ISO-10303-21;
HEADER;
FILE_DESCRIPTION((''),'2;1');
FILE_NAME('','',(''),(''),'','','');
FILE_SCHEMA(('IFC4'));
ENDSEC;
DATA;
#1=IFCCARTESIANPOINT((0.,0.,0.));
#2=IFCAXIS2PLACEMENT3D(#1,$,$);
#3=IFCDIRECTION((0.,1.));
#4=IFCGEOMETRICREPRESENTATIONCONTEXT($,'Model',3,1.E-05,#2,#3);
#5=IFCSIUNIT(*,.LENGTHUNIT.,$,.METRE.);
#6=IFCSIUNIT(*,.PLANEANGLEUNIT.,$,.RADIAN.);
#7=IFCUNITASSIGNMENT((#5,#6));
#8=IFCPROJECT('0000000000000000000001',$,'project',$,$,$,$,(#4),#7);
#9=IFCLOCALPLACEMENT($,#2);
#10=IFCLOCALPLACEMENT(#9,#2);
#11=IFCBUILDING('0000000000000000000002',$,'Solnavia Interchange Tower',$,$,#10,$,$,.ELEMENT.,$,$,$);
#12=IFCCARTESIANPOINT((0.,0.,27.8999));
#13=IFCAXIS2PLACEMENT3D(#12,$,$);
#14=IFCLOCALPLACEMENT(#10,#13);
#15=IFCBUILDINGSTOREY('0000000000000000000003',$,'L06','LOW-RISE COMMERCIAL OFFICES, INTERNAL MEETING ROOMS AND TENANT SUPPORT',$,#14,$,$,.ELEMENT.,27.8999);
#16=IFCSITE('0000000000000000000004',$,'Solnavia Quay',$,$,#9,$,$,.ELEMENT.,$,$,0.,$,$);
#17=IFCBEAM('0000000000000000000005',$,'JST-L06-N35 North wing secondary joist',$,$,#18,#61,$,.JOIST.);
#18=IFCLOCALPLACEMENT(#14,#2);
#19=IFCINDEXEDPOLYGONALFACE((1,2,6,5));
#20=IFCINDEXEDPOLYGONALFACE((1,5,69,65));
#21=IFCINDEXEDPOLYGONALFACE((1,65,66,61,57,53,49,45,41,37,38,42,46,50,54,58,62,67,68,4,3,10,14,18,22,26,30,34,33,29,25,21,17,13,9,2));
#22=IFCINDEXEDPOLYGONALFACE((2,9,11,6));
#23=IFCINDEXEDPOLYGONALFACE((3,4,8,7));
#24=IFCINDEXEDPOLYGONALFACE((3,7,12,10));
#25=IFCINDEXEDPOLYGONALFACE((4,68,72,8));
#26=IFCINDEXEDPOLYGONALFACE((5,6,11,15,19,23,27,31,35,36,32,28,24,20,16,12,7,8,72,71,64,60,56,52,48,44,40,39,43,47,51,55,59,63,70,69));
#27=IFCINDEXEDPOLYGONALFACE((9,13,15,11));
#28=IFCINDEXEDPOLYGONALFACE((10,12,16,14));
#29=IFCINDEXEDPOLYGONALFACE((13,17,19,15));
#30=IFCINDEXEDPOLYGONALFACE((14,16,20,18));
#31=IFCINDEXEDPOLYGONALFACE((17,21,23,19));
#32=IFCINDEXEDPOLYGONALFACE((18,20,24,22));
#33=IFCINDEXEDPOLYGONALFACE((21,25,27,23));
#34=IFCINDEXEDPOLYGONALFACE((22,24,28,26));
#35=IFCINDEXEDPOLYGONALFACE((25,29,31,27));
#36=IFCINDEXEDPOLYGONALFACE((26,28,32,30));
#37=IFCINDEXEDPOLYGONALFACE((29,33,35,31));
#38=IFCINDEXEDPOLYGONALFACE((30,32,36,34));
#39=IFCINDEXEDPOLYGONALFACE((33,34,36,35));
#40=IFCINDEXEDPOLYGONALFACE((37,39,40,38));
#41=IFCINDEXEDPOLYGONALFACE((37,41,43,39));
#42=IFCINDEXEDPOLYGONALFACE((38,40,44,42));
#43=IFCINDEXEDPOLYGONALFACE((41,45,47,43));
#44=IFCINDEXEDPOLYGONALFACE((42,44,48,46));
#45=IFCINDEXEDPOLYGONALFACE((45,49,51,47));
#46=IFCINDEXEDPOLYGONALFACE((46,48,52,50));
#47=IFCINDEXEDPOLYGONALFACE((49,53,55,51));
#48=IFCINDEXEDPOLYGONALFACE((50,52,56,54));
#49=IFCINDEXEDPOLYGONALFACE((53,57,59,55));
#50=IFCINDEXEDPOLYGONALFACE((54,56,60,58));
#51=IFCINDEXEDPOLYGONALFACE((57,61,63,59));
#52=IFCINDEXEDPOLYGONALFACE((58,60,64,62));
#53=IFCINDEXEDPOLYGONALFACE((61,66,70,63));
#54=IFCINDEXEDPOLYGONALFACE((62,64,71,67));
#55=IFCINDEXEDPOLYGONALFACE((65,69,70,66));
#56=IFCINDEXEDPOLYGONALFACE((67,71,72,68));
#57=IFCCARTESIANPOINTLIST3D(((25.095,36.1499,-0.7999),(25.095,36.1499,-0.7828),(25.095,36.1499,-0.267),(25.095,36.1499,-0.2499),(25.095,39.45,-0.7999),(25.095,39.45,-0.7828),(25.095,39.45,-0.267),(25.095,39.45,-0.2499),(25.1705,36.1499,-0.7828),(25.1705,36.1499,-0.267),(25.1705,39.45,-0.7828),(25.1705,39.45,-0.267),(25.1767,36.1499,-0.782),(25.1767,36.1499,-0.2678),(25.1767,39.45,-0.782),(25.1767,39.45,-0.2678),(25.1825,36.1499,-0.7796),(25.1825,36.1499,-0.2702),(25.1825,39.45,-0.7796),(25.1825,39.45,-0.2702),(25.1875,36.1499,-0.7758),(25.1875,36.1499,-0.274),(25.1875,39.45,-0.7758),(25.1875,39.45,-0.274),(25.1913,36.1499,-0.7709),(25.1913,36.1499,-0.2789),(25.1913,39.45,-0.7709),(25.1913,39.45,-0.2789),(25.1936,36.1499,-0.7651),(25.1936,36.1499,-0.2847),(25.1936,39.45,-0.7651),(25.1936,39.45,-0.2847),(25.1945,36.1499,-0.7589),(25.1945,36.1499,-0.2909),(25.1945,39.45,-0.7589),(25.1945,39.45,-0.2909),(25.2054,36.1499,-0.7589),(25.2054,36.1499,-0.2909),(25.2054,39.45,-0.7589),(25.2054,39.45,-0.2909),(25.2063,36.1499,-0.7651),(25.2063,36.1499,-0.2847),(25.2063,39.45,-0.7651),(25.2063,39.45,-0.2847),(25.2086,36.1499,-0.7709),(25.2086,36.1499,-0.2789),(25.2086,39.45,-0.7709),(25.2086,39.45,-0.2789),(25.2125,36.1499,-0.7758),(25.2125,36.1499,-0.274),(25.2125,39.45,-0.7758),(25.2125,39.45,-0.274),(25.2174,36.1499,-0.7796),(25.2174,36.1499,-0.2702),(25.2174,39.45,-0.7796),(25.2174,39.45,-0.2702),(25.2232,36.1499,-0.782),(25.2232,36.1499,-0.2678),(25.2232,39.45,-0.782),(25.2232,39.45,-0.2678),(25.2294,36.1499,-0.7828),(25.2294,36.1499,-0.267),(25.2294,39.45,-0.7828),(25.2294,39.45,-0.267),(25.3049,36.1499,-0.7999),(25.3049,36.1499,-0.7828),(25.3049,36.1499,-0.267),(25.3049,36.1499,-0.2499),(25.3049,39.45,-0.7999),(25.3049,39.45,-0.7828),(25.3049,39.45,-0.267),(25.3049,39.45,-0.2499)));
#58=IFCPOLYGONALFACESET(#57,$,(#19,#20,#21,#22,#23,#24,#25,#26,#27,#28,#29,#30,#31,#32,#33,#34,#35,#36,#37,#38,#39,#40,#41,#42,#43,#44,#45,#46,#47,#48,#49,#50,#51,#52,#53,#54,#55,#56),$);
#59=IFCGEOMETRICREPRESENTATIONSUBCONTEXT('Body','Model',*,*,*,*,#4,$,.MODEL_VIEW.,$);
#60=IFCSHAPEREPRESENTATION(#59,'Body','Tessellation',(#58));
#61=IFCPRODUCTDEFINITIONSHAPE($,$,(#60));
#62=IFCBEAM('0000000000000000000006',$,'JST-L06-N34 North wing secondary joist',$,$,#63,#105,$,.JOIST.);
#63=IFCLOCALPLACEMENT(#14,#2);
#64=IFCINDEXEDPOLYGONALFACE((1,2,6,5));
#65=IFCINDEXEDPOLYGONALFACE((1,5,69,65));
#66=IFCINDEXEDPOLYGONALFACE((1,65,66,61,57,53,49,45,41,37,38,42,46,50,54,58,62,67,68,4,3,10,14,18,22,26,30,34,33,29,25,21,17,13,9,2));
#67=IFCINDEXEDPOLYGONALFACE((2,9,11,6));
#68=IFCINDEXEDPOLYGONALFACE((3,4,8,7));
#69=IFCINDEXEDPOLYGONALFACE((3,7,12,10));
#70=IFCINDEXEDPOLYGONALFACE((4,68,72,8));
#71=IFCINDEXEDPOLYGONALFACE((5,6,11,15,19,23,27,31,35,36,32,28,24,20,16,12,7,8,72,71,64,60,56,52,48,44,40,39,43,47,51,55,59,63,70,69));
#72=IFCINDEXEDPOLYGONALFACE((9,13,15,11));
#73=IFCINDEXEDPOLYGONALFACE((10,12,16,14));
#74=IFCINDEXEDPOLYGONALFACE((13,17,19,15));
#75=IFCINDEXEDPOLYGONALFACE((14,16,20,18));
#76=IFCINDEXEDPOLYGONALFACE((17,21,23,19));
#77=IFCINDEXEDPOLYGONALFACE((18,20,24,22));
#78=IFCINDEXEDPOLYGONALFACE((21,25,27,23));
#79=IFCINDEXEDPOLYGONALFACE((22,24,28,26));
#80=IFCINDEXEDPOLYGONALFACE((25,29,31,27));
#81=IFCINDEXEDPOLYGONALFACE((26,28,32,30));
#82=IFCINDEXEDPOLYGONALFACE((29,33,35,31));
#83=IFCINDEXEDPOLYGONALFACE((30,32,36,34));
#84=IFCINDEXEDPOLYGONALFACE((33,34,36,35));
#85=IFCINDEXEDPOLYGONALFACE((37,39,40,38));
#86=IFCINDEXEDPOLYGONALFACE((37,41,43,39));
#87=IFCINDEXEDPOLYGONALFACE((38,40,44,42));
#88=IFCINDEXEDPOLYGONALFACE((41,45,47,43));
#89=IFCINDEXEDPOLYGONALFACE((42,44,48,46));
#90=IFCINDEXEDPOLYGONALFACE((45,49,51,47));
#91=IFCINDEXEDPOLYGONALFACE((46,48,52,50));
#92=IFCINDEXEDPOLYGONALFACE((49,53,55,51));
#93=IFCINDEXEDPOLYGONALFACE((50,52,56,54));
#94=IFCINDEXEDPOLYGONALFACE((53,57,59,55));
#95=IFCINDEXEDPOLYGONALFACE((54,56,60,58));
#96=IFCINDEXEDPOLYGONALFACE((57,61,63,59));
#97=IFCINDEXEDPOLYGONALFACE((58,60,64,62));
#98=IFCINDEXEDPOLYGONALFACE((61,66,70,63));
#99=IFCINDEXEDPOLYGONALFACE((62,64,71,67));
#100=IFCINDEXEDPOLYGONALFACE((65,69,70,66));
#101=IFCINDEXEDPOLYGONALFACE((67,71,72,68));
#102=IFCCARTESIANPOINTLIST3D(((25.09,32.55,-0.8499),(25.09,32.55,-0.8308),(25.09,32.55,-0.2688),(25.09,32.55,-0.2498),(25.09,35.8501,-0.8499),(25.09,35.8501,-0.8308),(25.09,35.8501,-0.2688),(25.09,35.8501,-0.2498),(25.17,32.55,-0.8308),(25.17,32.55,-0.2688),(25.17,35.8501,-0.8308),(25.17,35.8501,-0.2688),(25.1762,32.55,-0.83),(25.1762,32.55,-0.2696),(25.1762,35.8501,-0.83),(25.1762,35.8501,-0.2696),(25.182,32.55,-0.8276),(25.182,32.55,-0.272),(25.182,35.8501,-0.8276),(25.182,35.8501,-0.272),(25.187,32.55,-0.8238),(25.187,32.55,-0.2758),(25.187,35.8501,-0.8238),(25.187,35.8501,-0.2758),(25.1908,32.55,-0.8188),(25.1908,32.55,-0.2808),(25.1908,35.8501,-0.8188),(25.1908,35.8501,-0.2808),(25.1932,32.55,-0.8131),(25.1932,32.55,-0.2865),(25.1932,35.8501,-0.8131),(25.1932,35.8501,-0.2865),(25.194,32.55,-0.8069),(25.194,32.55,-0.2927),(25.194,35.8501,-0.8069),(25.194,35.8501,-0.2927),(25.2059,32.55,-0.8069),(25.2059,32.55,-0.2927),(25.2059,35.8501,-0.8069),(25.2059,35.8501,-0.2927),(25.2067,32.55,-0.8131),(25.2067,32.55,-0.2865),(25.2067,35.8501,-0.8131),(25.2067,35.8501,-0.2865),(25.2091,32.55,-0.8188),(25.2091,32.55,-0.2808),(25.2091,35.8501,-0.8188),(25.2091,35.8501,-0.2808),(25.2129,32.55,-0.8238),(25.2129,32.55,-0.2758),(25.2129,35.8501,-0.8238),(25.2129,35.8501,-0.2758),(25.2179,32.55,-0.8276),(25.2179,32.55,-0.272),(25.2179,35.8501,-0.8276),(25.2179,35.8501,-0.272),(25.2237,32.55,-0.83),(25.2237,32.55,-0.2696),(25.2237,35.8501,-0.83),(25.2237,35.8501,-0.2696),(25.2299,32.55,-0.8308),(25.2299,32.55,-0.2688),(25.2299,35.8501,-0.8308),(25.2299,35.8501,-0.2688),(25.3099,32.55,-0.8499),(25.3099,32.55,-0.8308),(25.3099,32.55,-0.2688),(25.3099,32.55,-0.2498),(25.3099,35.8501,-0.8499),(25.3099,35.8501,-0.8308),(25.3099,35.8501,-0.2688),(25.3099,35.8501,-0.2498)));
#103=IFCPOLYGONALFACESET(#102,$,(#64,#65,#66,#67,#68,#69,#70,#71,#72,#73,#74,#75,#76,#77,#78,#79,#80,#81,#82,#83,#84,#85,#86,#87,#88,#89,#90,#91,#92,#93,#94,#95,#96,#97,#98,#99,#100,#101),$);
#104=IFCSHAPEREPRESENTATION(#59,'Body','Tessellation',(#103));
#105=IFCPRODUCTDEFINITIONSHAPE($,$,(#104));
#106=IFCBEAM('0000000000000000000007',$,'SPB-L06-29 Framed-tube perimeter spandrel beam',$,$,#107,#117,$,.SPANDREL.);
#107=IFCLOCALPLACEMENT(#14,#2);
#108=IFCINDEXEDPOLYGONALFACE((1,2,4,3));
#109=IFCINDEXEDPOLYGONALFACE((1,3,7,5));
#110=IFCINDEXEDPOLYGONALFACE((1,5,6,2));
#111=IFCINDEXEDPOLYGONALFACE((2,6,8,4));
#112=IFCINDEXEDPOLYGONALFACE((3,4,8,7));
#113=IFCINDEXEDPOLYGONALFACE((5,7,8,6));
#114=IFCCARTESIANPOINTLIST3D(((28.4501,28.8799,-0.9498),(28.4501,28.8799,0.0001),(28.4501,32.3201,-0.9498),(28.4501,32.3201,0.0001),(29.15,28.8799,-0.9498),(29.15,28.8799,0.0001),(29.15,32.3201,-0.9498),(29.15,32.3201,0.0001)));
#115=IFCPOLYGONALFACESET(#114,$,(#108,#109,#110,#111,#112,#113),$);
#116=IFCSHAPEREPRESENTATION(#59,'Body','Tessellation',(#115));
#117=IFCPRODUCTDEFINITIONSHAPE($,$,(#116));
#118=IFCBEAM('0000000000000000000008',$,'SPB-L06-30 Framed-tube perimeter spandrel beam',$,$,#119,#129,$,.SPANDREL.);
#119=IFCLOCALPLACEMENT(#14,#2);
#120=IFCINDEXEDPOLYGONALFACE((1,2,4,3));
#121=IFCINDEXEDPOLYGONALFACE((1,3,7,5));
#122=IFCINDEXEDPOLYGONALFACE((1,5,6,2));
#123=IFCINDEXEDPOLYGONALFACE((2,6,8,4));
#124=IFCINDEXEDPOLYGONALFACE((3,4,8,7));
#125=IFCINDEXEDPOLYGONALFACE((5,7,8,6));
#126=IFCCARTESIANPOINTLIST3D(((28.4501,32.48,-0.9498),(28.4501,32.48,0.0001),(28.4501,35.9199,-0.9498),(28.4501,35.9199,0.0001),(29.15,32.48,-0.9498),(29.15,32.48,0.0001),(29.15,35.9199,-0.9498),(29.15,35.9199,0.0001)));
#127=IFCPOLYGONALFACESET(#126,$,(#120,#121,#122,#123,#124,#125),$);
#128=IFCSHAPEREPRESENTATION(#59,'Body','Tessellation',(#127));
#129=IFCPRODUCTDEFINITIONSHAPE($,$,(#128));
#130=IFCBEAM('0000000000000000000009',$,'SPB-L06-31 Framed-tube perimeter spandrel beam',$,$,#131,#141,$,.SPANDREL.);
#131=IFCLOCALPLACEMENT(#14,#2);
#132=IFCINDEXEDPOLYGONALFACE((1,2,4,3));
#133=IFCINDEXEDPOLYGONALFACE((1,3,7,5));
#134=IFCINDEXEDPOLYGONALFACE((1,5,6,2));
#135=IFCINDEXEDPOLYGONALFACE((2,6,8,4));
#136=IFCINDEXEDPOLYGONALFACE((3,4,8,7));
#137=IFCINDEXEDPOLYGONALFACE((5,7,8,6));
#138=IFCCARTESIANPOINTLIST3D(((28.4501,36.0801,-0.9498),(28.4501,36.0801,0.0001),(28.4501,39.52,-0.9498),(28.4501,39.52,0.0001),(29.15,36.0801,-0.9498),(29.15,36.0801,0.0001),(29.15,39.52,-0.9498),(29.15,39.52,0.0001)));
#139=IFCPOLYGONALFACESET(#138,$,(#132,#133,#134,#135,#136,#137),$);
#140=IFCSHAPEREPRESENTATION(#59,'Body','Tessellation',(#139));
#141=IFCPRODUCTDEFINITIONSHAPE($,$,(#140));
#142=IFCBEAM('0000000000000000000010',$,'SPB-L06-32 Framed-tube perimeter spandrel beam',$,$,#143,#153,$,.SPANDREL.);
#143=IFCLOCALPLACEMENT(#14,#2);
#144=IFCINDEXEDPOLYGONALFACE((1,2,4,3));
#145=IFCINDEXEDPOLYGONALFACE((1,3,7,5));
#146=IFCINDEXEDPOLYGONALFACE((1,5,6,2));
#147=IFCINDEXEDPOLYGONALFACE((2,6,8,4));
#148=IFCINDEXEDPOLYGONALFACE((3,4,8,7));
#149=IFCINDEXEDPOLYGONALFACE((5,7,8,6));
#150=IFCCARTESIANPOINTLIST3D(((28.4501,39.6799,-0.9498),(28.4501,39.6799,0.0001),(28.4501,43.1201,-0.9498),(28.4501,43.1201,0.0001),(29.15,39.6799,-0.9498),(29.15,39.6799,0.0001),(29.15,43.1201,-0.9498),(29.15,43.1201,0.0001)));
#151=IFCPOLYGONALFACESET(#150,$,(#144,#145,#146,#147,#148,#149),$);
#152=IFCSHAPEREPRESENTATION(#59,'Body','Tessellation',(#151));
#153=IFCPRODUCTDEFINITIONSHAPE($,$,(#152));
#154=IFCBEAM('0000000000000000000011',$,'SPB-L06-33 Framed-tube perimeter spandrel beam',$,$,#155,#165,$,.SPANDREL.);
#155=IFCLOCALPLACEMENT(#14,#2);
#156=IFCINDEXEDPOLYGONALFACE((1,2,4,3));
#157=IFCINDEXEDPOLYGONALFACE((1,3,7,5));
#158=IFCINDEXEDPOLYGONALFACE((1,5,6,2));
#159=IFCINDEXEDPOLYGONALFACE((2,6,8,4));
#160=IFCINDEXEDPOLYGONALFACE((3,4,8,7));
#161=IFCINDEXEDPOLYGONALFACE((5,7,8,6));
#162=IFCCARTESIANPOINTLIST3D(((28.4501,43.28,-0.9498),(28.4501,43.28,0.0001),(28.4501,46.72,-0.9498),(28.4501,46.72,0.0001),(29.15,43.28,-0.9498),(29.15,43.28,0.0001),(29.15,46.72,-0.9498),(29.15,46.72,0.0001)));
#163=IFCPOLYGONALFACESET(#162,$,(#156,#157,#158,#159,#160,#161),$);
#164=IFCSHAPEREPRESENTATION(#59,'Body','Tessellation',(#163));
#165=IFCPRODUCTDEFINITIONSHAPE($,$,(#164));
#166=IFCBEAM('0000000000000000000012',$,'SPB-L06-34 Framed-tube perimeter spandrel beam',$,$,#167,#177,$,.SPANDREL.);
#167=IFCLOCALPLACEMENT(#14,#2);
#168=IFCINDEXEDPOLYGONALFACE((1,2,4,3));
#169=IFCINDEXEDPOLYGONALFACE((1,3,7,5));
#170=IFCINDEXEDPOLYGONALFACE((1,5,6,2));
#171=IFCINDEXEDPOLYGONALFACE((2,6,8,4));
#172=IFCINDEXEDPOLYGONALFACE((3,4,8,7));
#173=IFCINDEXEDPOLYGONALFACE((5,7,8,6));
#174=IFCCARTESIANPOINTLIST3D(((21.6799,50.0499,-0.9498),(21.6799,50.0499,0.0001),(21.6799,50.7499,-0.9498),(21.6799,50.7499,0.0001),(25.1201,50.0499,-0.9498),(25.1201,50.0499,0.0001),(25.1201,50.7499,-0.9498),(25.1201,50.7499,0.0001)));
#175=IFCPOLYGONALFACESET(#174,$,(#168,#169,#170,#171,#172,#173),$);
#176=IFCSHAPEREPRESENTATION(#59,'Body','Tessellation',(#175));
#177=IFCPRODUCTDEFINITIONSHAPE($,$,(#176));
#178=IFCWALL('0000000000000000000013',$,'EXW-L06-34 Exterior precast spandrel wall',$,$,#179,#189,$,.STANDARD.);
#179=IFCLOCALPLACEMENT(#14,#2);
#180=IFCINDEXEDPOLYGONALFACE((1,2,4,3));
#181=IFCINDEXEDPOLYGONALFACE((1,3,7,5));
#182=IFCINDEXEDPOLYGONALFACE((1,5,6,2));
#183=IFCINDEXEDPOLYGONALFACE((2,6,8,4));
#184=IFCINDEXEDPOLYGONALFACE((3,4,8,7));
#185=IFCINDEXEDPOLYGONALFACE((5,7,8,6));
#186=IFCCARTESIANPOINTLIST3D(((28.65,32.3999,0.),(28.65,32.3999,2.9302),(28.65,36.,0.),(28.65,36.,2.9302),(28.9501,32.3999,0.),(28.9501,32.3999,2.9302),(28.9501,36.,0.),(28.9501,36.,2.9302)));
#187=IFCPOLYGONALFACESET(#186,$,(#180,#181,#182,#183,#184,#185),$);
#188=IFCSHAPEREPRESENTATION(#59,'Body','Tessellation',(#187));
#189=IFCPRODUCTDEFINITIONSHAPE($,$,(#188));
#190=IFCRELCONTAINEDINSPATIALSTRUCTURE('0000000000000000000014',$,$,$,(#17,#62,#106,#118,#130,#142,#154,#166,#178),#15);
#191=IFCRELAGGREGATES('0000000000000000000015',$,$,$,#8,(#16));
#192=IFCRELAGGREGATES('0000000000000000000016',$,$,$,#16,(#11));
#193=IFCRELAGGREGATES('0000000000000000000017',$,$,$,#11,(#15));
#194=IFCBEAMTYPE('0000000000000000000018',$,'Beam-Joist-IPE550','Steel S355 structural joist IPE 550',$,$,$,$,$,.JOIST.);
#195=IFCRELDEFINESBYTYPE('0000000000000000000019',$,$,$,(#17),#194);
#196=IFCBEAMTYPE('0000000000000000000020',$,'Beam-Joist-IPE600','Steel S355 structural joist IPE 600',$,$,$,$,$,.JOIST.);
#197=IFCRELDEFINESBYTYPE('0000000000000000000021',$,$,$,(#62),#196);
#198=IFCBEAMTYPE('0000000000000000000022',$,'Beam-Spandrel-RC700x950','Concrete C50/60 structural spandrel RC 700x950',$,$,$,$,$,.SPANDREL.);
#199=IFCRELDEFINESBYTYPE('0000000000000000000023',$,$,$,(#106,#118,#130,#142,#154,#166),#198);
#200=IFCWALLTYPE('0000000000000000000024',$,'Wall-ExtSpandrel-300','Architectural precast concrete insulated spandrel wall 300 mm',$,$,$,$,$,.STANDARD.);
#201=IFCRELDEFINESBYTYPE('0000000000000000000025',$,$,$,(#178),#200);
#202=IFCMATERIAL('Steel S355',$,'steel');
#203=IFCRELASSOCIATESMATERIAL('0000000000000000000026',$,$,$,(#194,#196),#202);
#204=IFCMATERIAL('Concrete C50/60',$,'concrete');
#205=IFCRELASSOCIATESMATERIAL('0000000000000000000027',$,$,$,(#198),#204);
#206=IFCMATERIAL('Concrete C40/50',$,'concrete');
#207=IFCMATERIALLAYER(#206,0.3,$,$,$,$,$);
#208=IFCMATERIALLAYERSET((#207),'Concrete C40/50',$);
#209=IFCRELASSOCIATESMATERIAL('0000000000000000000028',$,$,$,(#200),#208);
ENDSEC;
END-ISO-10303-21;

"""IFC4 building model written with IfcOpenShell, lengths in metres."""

from ifc_helpers import new_model, si_unit, direction, frame, frame_2d, origin, origin_2d, place, context, subcontext, project, spatial, rectangle, i_section, extrude, material, layer, layer_set, material_profile, profile_set, type_object, element, save


model = new_model("IFC4")

# Units and contexts
model_context = context("Model", 3, precision=1e-05, world=origin(), true_north=direction((0.0, 1.0)))
body_context = subcontext(model_context, "Body", "Model", "MODEL_VIEW")
ifc_project = project(units=[si_unit("LENGTHUNIT", "METRE"), si_unit("PLANEANGLEUNIT", "RADIAN")], contexts=[model_context])

# Site, building, storey
site_placement = place(None, origin())
site = spatial("IfcSite", under=ifc_project, at=site_placement, Name="Solnavia Quay", CompositionType="ELEMENT", RefElevation=0.0)
building_placement = place(site_placement, origin())
building = spatial("IfcBuilding", under=site, at=building_placement, Name="Solnavia Interchange Tower", CompositionType="ELEMENT")
storey_placement = place(building_placement, frame((0.0, 0.0, 27.8999)))
storey = spatial("IfcBuildingStorey", under=building, at=storey_placement, Name="L06", Description="LOW-RISE COMMERCIAL OFFICES, INTERNAL MEETING ROOMS AND TENANT SUPPORT", CompositionType="ELEMENT", Elevation=27.8999)

# Beams
ifc_material_1 = material(Name="Steel S355", Category="steel")
ifc_material_profile_1 = material_profile(ifc_material_1, i_section(OverallWidth=0.21, OverallDepth=0.55, WebThickness=0.011, FlangeThickness=0.0171, FilletRadius=0.0239, at=origin_2d()), Name="IPE 550")
ifc_profile_set_1 = profile_set([ifc_material_profile_1], Name="Steel S355")
beam_type_1 = type_object("IfcBeamType", Name="Beam-Joist-IPE550", Description="Steel S355 structural joist IPE 550", PredefinedType="JOIST", material=ifc_profile_set_1)
beam_1_placement = place(storey_placement, frame((25.2, 36.1499, -0.5249), z_axis=(0.0, 1.0, 0.0), x_axis=(-1.0, 0.0, 0.0)))
element("IfcBeam", 1, at=beam_1_placement, inside=storey, type_object=beam_type_1, Name="JST-L06-N35 North wing secondary joist", PredefinedType="JOIST", context=body_context, shape_type="SweptSolid", body=[
    extrude(i_section(OverallWidth=0.21, OverallDepth=0.55, WebThickness=0.011, FlangeThickness=0.0171, FilletRadius=0.0239, at=origin_2d()), origin(), (0.0, 0.0, 1.0), 3.3),
])
ifc_material_profile_2 = material_profile(ifc_material_1, i_section(OverallWidth=0.22, OverallDepth=0.6001, WebThickness=0.012, FlangeThickness=0.019, FilletRadius=0.0239, at=origin_2d()), Name="IPE 600")
ifc_profile_set_2 = profile_set([ifc_material_profile_2], Name="Steel S355")
beam_type_2 = type_object("IfcBeamType", Name="Beam-Joist-IPE600", Description="Steel S355 structural joist IPE 600", PredefinedType="JOIST", material=ifc_profile_set_2)
beam_2_placement = place(storey_placement, frame((25.2, 32.55, -0.5498), z_axis=(0.0, 1.0, 0.0), x_axis=(-1.0, 0.0, 0.0)))
element("IfcBeam", 2, at=beam_2_placement, inside=storey, type_object=beam_type_2, Name="JST-L06-N34 North wing secondary joist", PredefinedType="JOIST", context=body_context, shape_type="SweptSolid", body=[
    extrude(i_section(OverallWidth=0.22, OverallDepth=0.6001, WebThickness=0.012, FlangeThickness=0.019, FilletRadius=0.0239, at=origin_2d()), origin(), (0.0, 0.0, 1.0), 3.3),
])
ifc_material_2 = material(Name="Concrete C50/60", Category="concrete")
ifc_material_profile_3 = material_profile(ifc_material_2, rectangle(XDim=0.7, YDim=0.95, at=origin_2d()), Name="RC 700x950")
ifc_profile_set_3 = profile_set([ifc_material_profile_3], Name="Concrete C50/60")
beam_type_3 = type_object("IfcBeamType", Name="Beam-Spandrel-RC700x950", Description="Concrete C50/60 structural spandrel RC 700x950", PredefinedType="SPANDREL", material=ifc_profile_set_3)
beam_3_placement = place(storey_placement, frame((28.8, 28.8799, -0.4749), z_axis=(0.0, 1.0, 0.0), x_axis=(-1.0, 0.0, 0.0)))
element("IfcBeam", 3, at=beam_3_placement, inside=storey, type_object=beam_type_3, Name="SPB-L06-29 Framed-tube perimeter spandrel beam", PredefinedType="SPANDREL", context=body_context, shape_type="SweptSolid", body=[
    extrude(rectangle(XDim=0.7, YDim=0.95, at=origin_2d()), origin(), (0.0, 0.0, 1.0), 3.4402),
])
for number, where, z_axis, x_axis, name in (
    (4, (28.8, 32.48, -0.4749), (0.0, 1.0, 0.0), (-1.0, 0.0, 0.0), "SPB-L06-30 Framed-tube perimeter spandrel beam"),
    (5, (28.8, 36.0801, -0.4749), (0.0, 1.0, 0.0), (-1.0, 0.0, 0.0), "SPB-L06-31 Framed-tube perimeter spandrel beam"),
):
    element("IfcBeam", number, at=place(storey_placement, frame(where, z_axis=z_axis, x_axis=x_axis)), inside=storey, type_object=beam_type_3, Name=name, PredefinedType="SPANDREL", context=body_context, shape_type="SweptSolid", body=[
        extrude(rectangle(XDim=0.7, YDim=0.95, at=origin_2d()), origin(), (0.0, 0.0, 1.0), 3.4399),
    ])
beam_4_placement = place(storey_placement, frame((28.8, 39.6799, -0.4749), z_axis=(0.0, 1.0, 0.0), x_axis=(-1.0, 0.0, 0.0)))
element("IfcBeam", 6, at=beam_4_placement, inside=storey, type_object=beam_type_3, Name="SPB-L06-32 Framed-tube perimeter spandrel beam", PredefinedType="SPANDREL", context=body_context, shape_type="SweptSolid", body=[
    extrude(rectangle(XDim=0.7, YDim=0.95, at=origin_2d()), origin(), (0.0, 0.0, 1.0), 3.4402),
])
beam_5_placement = place(storey_placement, frame((28.8, 43.28, -0.4749), z_axis=(0.0, 1.0, 0.0), x_axis=(-1.0, 0.0, 0.0)))
element("IfcBeam", 7, at=beam_5_placement, inside=storey, type_object=beam_type_3, Name="SPB-L06-33 Framed-tube perimeter spandrel beam", PredefinedType="SPANDREL", context=body_context, shape_type="SweptSolid", body=[
    extrude(rectangle(XDim=0.7, YDim=0.95, at=origin_2d()), origin(), (0.0, 0.0, 1.0), 3.4399),
])
beam_6_placement = place(storey_placement, frame((25.1201, 50.3999, -0.4749), z_axis=(-1.0, 0.0, 0.0), x_axis=(0.0, -1.0, 0.0)))
element("IfcBeam", 8, at=beam_6_placement, inside=storey, type_object=beam_type_3, Name="SPB-L06-34 Framed-tube perimeter spandrel beam", PredefinedType="SPANDREL", context=body_context, shape_type="SweptSolid", body=[
    extrude(rectangle(XDim=0.7, YDim=0.95, at=origin_2d()), origin(), (0.0, 0.0, 1.0), 3.4402),
])

# Wall
ifc_material_3 = material(Name="Concrete C40/50", Category="concrete")
ifc_layer = layer(ifc_material_3, 0.3)
ifc_layer_set = layer_set([ifc_layer], Name="Concrete C40/50")
wall_type = type_object("IfcWallType", Name="Wall-ExtSpandrel-300", Description="Architectural precast concrete insulated spandrel wall 300 mm", PredefinedType="STANDARD", material=ifc_layer_set)
for number, where, z_axis, x_axis, name in (
    (9, (28.8, 32.3999, 0.0), (0.0, 0.0, 1.0), (0.0, 1.0, 0.0), "EXW-L06-34 Exterior precast spandrel wall"),
):
    element("IfcWall", number, at=place(storey_placement, frame(where, z_axis=z_axis, x_axis=x_axis)), inside=storey, type_object=wall_type, Name=name, PredefinedType="STANDARD", context=body_context, shape_type="SweptSolid", body=[
        extrude(rectangle(XDim=3.6001, YDim=0.3, at=frame_2d((1.8, 0.0))), origin(), (0.0, 0.0, 1.0), 2.9302),
    ])

save(model, "model.ifc")
